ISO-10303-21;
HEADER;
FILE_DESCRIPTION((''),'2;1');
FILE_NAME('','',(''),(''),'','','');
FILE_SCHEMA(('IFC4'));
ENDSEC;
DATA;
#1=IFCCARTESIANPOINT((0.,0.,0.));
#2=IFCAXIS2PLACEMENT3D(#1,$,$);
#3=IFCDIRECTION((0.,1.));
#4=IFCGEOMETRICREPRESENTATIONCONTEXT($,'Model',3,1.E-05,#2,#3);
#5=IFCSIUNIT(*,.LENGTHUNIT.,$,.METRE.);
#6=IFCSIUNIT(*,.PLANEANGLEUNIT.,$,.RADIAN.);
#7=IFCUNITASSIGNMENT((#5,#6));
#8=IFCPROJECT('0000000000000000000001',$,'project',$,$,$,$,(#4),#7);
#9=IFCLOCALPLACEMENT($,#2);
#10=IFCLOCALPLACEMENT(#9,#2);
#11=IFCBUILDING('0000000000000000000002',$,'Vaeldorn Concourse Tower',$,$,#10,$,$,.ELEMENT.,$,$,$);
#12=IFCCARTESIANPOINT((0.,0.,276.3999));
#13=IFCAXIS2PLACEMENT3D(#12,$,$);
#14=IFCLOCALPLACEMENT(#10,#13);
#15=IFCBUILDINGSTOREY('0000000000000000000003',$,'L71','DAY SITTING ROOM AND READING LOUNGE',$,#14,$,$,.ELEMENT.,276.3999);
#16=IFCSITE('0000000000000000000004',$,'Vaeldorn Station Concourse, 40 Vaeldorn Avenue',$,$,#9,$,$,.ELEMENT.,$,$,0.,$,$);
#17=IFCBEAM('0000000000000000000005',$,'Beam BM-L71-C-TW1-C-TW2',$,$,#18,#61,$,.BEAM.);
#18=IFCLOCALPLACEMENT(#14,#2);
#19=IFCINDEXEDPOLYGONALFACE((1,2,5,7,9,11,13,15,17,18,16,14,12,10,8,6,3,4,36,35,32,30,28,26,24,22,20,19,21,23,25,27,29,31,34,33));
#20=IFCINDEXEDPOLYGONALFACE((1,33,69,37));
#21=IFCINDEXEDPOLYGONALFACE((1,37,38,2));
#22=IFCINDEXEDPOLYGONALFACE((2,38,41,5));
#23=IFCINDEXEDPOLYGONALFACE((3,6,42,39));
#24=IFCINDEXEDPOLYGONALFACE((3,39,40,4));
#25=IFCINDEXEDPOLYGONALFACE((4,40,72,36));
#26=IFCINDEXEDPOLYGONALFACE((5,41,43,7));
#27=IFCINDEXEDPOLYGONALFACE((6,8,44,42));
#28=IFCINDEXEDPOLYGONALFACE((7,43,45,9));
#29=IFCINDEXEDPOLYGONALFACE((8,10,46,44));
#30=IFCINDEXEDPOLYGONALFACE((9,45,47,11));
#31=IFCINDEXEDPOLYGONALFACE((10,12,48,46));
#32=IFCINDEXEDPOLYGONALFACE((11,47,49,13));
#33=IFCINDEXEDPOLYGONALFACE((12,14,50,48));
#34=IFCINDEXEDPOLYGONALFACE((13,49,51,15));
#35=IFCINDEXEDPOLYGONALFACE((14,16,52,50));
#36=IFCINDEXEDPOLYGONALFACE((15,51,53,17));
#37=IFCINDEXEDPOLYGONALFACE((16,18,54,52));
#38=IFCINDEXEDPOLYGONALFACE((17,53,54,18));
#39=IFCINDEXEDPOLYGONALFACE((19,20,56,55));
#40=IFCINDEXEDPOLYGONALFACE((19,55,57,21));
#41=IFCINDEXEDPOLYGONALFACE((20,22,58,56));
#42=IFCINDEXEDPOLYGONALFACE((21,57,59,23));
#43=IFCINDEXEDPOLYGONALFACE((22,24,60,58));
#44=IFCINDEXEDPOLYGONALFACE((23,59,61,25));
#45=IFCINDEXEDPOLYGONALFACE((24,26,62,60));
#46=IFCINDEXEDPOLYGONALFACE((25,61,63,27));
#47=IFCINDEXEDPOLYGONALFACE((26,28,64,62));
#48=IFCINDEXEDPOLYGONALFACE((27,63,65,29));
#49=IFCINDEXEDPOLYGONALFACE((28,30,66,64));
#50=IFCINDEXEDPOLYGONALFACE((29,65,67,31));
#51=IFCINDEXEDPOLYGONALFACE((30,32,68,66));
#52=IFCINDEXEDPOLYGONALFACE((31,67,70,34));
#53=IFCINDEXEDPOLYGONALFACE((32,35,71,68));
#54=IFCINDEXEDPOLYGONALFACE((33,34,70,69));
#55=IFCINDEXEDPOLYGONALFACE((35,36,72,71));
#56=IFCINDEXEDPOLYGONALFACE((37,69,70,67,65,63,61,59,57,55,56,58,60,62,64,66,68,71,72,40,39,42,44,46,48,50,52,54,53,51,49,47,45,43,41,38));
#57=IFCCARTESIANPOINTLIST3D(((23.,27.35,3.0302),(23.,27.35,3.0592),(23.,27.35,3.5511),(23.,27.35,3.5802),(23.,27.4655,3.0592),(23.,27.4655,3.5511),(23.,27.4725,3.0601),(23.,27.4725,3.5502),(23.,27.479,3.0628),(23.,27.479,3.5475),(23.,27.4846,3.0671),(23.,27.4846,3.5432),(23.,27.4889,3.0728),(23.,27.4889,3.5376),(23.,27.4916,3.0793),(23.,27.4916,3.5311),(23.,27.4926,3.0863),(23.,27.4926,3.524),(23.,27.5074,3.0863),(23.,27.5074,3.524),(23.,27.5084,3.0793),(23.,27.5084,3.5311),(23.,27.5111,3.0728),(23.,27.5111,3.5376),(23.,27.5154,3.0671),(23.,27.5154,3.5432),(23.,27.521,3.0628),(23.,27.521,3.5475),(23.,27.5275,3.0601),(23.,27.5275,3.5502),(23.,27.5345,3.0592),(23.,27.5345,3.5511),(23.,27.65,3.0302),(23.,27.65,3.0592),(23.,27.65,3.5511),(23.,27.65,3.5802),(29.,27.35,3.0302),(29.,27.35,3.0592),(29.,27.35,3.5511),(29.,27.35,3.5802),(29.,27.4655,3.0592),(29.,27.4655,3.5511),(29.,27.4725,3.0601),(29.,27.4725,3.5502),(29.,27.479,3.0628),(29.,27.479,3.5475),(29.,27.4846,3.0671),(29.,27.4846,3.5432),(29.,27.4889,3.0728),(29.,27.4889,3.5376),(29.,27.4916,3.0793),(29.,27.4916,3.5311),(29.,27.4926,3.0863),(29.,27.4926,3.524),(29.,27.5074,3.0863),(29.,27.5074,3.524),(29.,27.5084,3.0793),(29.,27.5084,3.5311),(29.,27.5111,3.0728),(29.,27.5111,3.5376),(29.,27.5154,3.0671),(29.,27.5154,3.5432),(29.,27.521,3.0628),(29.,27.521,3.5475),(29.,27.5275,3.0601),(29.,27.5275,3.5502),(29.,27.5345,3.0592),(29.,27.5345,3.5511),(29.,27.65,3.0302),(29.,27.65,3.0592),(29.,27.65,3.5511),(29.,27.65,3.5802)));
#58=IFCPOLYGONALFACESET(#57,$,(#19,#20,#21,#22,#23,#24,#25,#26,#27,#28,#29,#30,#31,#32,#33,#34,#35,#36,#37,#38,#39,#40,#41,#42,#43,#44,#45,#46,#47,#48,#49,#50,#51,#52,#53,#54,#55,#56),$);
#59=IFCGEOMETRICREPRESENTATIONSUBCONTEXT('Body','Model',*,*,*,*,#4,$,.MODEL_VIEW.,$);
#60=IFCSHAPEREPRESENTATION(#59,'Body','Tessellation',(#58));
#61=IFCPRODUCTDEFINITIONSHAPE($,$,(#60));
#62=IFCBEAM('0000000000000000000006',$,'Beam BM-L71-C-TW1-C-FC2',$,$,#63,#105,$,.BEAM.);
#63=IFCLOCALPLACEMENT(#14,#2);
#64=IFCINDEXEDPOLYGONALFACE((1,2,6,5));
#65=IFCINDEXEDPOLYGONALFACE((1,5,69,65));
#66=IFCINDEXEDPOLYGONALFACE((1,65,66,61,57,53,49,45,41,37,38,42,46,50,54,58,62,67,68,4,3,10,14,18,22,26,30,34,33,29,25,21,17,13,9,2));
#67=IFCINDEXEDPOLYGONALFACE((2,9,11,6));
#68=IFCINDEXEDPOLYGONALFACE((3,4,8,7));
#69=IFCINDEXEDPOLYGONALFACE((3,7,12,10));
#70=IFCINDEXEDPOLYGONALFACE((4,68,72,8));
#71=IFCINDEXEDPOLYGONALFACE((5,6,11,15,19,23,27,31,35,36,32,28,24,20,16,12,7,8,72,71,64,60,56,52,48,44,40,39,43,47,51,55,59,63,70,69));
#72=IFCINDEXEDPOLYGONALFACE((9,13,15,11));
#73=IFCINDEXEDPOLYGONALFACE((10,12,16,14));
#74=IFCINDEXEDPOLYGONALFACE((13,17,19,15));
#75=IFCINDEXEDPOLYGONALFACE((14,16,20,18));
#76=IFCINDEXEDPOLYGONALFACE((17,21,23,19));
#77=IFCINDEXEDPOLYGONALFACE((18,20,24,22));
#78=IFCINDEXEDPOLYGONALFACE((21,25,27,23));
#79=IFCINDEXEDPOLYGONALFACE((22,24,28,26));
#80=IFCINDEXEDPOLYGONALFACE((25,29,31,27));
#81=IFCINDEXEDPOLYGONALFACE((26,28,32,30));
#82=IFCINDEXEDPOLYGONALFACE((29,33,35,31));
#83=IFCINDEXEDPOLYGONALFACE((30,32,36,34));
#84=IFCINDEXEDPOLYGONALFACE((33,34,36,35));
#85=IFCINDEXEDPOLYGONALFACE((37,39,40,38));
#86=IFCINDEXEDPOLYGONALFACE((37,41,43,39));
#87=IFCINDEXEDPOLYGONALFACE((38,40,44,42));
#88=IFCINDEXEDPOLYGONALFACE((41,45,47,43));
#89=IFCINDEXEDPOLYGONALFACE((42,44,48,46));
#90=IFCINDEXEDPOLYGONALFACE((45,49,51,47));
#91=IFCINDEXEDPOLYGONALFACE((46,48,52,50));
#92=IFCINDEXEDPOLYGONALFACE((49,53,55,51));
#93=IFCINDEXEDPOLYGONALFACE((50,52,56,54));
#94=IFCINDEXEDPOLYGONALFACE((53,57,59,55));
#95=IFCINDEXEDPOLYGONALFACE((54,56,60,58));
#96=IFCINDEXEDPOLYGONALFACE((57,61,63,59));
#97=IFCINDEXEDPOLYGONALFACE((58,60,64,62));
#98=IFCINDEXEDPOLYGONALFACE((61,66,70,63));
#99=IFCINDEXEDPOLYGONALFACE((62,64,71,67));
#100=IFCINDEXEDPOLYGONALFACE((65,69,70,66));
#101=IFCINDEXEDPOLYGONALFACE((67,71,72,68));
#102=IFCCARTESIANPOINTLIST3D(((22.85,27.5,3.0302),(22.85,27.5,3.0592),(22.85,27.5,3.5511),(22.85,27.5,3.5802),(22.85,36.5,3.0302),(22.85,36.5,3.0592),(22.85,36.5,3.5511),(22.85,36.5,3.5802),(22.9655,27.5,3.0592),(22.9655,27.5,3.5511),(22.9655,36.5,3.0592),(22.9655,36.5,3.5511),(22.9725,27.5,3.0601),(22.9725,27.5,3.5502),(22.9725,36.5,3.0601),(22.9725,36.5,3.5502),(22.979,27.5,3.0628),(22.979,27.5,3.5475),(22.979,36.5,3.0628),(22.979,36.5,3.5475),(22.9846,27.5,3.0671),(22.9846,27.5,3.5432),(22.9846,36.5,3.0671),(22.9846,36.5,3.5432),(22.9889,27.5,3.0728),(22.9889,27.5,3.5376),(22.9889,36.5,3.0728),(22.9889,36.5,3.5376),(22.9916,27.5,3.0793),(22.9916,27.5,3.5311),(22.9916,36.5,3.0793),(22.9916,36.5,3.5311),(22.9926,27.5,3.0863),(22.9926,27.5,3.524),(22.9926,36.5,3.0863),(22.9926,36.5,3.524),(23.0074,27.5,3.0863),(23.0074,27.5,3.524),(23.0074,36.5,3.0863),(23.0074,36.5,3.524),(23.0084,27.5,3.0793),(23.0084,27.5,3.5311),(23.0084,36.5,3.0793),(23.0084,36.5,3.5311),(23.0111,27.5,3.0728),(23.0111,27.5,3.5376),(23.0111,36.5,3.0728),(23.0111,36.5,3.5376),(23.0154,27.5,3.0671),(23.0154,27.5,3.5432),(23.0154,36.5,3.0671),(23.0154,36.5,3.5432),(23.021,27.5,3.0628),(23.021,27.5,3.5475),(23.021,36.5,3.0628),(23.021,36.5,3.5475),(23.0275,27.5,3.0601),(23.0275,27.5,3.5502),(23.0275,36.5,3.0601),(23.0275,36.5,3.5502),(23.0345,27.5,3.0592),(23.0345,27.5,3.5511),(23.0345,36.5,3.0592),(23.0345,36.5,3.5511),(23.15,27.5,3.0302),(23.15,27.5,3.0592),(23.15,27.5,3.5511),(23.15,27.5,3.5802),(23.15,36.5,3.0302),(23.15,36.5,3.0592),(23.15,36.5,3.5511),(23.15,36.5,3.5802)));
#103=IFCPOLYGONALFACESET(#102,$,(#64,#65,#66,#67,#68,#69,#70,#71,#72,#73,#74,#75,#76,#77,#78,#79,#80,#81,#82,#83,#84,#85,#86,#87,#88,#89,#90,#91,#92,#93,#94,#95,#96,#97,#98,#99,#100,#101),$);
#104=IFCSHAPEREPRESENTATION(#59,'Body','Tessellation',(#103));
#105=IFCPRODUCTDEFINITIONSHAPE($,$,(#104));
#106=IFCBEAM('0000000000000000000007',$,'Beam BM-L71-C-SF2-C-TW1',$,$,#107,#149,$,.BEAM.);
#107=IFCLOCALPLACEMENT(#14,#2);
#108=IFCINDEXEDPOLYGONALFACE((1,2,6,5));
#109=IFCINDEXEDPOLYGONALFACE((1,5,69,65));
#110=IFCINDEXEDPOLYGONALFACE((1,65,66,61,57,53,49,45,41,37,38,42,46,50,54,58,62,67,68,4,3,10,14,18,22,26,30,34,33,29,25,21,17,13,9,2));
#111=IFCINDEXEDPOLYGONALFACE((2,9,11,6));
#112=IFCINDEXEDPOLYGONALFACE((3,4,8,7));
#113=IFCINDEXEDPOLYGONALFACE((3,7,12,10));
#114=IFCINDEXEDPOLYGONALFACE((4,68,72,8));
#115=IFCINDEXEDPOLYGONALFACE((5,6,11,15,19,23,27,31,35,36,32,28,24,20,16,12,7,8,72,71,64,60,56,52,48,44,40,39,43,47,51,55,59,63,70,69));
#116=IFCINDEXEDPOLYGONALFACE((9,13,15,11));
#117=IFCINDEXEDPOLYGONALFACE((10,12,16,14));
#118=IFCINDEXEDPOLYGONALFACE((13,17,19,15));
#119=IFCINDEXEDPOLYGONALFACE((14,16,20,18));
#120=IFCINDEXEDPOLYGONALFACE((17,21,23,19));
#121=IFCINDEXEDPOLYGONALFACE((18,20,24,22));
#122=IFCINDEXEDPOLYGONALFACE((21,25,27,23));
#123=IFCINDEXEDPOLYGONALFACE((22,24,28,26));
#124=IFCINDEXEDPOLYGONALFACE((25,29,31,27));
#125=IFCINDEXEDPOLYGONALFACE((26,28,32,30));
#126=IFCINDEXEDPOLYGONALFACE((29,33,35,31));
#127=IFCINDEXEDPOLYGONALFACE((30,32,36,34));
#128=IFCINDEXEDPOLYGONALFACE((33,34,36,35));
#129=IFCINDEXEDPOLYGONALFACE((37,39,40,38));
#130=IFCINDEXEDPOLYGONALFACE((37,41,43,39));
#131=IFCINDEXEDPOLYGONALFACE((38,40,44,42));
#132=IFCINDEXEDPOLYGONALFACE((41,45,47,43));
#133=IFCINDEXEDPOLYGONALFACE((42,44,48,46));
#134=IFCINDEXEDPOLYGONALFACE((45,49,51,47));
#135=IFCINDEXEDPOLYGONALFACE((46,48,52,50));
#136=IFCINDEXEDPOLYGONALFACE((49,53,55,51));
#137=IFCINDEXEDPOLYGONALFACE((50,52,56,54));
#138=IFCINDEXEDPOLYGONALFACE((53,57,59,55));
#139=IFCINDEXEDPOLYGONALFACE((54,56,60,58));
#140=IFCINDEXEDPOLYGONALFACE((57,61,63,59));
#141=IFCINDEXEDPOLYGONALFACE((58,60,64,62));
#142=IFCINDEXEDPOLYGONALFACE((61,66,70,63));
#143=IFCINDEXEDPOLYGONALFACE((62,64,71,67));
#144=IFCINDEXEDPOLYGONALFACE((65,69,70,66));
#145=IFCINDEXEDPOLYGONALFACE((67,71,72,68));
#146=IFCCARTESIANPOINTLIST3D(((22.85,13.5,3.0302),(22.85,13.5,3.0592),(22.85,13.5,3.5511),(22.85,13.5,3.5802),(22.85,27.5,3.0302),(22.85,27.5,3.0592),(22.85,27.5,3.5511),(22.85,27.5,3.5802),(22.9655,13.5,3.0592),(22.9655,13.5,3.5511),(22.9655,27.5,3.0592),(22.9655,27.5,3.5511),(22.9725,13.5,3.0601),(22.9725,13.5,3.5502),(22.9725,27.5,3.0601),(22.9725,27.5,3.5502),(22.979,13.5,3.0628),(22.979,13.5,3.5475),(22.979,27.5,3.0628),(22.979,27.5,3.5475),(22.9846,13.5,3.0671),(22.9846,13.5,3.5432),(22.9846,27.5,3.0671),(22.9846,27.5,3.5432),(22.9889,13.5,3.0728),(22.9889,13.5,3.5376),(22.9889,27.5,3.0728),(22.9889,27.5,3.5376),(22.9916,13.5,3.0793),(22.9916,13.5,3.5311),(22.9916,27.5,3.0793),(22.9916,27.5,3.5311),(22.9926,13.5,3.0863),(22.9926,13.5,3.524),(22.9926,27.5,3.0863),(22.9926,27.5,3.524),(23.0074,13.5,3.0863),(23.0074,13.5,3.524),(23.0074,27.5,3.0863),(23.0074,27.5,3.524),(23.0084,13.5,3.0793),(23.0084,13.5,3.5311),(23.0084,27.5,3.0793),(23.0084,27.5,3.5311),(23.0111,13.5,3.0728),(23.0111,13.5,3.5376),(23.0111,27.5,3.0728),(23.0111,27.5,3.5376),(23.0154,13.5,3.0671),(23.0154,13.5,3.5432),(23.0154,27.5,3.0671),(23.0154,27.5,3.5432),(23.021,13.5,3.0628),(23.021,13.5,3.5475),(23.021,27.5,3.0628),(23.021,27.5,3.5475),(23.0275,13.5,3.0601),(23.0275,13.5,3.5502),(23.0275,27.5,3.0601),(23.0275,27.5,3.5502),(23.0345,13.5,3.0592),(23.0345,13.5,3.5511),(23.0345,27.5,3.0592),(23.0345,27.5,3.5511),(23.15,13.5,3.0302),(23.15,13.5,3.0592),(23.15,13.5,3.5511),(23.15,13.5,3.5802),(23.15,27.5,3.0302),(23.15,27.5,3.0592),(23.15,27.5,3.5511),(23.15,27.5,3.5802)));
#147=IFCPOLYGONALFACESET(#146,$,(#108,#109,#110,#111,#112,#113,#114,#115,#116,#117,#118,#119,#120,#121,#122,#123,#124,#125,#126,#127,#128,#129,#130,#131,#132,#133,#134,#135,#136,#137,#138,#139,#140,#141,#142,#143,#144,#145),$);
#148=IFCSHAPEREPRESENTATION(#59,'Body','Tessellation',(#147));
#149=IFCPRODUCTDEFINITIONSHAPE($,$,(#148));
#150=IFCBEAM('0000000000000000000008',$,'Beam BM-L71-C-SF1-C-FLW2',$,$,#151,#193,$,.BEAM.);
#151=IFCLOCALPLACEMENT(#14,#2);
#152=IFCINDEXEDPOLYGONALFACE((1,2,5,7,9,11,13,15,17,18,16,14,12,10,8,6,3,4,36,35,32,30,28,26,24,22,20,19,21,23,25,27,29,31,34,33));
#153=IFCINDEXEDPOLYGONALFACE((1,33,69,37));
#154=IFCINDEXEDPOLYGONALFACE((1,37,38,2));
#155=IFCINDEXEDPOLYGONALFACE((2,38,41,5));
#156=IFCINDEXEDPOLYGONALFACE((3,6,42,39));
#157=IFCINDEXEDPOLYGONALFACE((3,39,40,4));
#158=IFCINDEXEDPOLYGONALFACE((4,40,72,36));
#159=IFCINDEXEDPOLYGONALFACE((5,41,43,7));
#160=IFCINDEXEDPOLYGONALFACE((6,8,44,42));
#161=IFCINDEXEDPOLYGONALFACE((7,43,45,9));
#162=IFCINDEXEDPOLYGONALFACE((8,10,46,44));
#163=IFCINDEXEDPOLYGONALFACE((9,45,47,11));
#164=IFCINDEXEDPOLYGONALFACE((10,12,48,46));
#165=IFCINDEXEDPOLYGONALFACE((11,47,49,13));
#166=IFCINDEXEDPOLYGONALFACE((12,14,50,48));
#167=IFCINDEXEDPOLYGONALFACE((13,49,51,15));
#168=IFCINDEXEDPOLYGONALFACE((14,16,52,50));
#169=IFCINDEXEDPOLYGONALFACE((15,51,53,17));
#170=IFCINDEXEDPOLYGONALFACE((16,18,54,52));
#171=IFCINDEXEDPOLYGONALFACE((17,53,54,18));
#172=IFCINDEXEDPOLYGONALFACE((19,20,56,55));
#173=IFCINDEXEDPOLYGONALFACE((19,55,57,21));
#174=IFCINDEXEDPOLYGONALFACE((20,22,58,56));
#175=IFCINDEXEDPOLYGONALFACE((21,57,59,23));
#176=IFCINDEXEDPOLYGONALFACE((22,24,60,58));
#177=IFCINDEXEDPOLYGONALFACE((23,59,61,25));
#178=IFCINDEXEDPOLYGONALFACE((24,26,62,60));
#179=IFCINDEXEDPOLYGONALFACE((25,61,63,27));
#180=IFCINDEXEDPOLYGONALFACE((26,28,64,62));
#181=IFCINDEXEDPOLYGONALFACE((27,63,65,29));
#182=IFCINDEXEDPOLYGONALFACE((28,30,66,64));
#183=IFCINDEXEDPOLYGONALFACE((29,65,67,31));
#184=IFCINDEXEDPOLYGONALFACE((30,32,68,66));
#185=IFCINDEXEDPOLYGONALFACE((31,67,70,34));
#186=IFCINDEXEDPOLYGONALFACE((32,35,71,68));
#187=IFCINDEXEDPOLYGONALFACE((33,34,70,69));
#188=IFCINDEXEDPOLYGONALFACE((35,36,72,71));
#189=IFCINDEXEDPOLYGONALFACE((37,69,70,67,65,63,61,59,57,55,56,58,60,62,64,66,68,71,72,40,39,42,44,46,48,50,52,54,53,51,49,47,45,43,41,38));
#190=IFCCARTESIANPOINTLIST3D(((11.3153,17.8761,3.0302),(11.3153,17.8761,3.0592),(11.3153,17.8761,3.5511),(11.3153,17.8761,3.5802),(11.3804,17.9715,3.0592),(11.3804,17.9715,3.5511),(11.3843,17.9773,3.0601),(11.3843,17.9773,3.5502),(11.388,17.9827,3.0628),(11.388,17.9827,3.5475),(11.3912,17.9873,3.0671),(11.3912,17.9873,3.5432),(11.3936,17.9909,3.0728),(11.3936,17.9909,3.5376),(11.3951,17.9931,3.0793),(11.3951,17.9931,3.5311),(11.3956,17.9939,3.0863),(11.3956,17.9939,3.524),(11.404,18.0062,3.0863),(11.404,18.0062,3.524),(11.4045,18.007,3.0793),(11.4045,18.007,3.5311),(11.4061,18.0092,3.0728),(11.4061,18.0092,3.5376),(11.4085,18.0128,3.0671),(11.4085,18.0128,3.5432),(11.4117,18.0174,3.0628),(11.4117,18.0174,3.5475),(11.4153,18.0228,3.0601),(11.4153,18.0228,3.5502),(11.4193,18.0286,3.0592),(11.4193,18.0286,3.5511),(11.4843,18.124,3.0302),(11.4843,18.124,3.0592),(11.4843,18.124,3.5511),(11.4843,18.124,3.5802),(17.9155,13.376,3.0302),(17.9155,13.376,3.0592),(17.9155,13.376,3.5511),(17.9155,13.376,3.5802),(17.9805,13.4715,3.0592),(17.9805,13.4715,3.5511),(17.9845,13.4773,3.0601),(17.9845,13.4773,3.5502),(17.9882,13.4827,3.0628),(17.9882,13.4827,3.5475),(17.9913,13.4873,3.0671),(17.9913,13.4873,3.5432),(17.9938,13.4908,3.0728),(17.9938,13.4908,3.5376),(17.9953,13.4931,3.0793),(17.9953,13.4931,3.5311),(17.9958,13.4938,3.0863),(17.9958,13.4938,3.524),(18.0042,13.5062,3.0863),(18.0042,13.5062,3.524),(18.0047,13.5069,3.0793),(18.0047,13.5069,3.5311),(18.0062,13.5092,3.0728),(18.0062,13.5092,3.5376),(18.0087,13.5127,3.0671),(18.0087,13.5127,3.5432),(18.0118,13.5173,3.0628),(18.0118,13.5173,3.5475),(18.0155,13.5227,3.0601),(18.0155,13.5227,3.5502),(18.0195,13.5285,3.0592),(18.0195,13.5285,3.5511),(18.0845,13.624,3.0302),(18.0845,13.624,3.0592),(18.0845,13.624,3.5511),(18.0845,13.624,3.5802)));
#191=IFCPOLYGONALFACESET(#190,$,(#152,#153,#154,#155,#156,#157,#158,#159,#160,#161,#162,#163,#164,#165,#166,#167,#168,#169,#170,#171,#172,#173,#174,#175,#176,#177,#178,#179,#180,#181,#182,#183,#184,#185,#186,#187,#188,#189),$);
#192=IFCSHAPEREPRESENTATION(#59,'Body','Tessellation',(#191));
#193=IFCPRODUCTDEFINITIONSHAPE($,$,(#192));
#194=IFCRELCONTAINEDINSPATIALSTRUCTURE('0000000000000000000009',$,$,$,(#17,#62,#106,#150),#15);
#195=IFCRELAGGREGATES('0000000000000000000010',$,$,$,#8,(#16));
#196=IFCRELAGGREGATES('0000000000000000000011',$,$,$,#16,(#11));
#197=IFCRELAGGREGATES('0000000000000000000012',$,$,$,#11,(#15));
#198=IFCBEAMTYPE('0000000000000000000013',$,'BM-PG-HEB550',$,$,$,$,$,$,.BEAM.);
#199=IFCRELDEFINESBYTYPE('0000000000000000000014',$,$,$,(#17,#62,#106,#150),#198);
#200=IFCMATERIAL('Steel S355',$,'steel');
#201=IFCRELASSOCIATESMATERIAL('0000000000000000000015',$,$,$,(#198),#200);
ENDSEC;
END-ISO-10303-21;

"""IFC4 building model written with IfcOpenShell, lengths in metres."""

from ifc_helpers import new_model, si_unit, direction, frame, origin, origin_2d, place, context, subcontext, project, spatial, i_section, extrude, source, transform, mapped, material, material_profile, profile_set, type_object, element, save


model = new_model("IFC4")

# Units and contexts
model_context = context("Model", 3, precision=1e-05, world=origin(), true_north=direction((0.0, 1.0)))
body_context = subcontext(model_context, "Body", "Model", "MODEL_VIEW")
ifc_project = project(units=[si_unit("LENGTHUNIT", "METRE"), si_unit("PLANEANGLEUNIT", "RADIAN")], contexts=[model_context])

# Site, building, storey
site_placement = place(None, origin())
site = spatial("IfcSite", under=ifc_project, at=site_placement, Name="Vaeldorn Station Concourse, 40 Vaeldorn Avenue", CompositionType="ELEMENT", RefElevation=0.0)
building_placement = place(site_placement, origin())
building = spatial("IfcBuilding", under=site, at=building_placement, Name="Vaeldorn Concourse Tower", CompositionType="ELEMENT")
storey_placement = place(building_placement, frame((0.0, 0.0, 276.3999)))
storey = spatial("IfcBuildingStorey", under=building, at=storey_placement, Name="L71", Description="DAY SITTING ROOM AND READING LOUNGE", CompositionType="ELEMENT", Elevation=276.3999)

# Shared definitions
ifc_material_1 = material(Name="Steel S355", Category="steel")

# Beams
ifc_material_profile_1 = material_profile(ifc_material_1, i_section(OverallWidth=0.3, OverallDepth=0.55, WebThickness=0.0149, FlangeThickness=0.0291, FilletRadius=0.0271, at=origin_2d()), Name="HEB 550")
ifc_profile_set_1 = profile_set([ifc_material_profile_1], Name="Steel S355")
beam_type_1 = type_object("IfcBeamType", Name="BM-PG-HEB550", PredefinedType="BEAM", material=ifc_profile_set_1)
shared_shape_1 = source(origin(), body_context, "Body", "SweptSolid", [
    extrude(i_section(OverallWidth=0.3, OverallDepth=0.55, WebThickness=0.0149, FlangeThickness=0.0291, FilletRadius=0.0271, at=origin_2d()), origin(), (0.0, 0.0, 1.0), 6.0),
])
beam_1_placement = place(storey_placement, frame((23.0, 27.5, 3.3052), z_axis=(1.0, 0.0, 0.0), x_axis=(0.0, 1.0, 0.0)))
element("IfcBeam", 1, at=beam_1_placement, inside=storey, type_object=beam_type_1, Name="Beam BM-L71-C-TW1-C-TW2", PredefinedType="BEAM", context=body_context, shape_type="MappedRepresentation", body=[
    mapped(shared_shape_1, transform((0.0, 0.0, 0.0), scale=1.0)),
])
shared_shape_2 = source(origin(), body_context, "Body", "SweptSolid", [
    extrude(i_section(OverallWidth=0.3, OverallDepth=0.55, WebThickness=0.0149, FlangeThickness=0.0291, FilletRadius=0.0271, at=origin_2d()), origin(), (0.0, 0.0, 1.0), 9.0),
])
beam_2_placement = place(storey_placement, frame((23.0, 27.5, 3.3052), z_axis=(0.0, 1.0, 0.0), x_axis=(-1.0, 0.0, 0.0)))
element("IfcBeam", 2, at=beam_2_placement, inside=storey, type_object=beam_type_1, Name="Beam BM-L71-C-TW1-C-FC2", PredefinedType="BEAM", context=body_context, shape_type="MappedRepresentation", body=[
    mapped(shared_shape_2, transform((0.0, 0.0, 0.0), scale=1.0)),
])
shared_shape_3 = source(origin(), body_context, "Body", "SweptSolid", [
    extrude(i_section(OverallWidth=0.3, OverallDepth=0.55, WebThickness=0.0149, FlangeThickness=0.0291, FilletRadius=0.0271, at=origin_2d()), origin(), (0.0, 0.0, 1.0), 14.0),
])
beam_3_placement = place(storey_placement, frame((23.0, 13.5, 3.3052), z_axis=(0.0, 1.0, 0.0), x_axis=(-1.0, 0.0, 0.0)))
element("IfcBeam", 3, at=beam_3_placement, inside=storey, type_object=beam_type_1, Name="Beam BM-L71-C-SF2-C-TW1", PredefinedType="BEAM", context=body_context, shape_type="MappedRepresentation", body=[
    mapped(shared_shape_3, transform((0.0, 0.0, 0.0), scale=1.0)),
])
shared_shape_4 = source(origin(), body_context, "Body", "SweptSolid", [
    extrude(i_section(OverallWidth=0.3, OverallDepth=0.55, WebThickness=0.0149, FlangeThickness=0.0291, FilletRadius=0.0271, at=origin_2d()), origin(), (0.0, 0.0, 1.0), 7.9883),
])
beam_4_placement = place(storey_placement, frame((18.0, 13.5, 3.3052), z_axis=(-0.826231, 0.563331, 0.0), x_axis=(-0.563331, -0.826231, 0.0)))
element("IfcBeam", 4, at=beam_4_placement, inside=storey, type_object=beam_type_1, Name="Beam BM-L71-C-SF1-C-FLW2", PredefinedType="BEAM", context=body_context, shape_type="MappedRepresentation", body=[
    mapped(shared_shape_4, transform((0.0, 0.0, 0.0), scale=1.0)),
])

save(model, "model.ifc")
